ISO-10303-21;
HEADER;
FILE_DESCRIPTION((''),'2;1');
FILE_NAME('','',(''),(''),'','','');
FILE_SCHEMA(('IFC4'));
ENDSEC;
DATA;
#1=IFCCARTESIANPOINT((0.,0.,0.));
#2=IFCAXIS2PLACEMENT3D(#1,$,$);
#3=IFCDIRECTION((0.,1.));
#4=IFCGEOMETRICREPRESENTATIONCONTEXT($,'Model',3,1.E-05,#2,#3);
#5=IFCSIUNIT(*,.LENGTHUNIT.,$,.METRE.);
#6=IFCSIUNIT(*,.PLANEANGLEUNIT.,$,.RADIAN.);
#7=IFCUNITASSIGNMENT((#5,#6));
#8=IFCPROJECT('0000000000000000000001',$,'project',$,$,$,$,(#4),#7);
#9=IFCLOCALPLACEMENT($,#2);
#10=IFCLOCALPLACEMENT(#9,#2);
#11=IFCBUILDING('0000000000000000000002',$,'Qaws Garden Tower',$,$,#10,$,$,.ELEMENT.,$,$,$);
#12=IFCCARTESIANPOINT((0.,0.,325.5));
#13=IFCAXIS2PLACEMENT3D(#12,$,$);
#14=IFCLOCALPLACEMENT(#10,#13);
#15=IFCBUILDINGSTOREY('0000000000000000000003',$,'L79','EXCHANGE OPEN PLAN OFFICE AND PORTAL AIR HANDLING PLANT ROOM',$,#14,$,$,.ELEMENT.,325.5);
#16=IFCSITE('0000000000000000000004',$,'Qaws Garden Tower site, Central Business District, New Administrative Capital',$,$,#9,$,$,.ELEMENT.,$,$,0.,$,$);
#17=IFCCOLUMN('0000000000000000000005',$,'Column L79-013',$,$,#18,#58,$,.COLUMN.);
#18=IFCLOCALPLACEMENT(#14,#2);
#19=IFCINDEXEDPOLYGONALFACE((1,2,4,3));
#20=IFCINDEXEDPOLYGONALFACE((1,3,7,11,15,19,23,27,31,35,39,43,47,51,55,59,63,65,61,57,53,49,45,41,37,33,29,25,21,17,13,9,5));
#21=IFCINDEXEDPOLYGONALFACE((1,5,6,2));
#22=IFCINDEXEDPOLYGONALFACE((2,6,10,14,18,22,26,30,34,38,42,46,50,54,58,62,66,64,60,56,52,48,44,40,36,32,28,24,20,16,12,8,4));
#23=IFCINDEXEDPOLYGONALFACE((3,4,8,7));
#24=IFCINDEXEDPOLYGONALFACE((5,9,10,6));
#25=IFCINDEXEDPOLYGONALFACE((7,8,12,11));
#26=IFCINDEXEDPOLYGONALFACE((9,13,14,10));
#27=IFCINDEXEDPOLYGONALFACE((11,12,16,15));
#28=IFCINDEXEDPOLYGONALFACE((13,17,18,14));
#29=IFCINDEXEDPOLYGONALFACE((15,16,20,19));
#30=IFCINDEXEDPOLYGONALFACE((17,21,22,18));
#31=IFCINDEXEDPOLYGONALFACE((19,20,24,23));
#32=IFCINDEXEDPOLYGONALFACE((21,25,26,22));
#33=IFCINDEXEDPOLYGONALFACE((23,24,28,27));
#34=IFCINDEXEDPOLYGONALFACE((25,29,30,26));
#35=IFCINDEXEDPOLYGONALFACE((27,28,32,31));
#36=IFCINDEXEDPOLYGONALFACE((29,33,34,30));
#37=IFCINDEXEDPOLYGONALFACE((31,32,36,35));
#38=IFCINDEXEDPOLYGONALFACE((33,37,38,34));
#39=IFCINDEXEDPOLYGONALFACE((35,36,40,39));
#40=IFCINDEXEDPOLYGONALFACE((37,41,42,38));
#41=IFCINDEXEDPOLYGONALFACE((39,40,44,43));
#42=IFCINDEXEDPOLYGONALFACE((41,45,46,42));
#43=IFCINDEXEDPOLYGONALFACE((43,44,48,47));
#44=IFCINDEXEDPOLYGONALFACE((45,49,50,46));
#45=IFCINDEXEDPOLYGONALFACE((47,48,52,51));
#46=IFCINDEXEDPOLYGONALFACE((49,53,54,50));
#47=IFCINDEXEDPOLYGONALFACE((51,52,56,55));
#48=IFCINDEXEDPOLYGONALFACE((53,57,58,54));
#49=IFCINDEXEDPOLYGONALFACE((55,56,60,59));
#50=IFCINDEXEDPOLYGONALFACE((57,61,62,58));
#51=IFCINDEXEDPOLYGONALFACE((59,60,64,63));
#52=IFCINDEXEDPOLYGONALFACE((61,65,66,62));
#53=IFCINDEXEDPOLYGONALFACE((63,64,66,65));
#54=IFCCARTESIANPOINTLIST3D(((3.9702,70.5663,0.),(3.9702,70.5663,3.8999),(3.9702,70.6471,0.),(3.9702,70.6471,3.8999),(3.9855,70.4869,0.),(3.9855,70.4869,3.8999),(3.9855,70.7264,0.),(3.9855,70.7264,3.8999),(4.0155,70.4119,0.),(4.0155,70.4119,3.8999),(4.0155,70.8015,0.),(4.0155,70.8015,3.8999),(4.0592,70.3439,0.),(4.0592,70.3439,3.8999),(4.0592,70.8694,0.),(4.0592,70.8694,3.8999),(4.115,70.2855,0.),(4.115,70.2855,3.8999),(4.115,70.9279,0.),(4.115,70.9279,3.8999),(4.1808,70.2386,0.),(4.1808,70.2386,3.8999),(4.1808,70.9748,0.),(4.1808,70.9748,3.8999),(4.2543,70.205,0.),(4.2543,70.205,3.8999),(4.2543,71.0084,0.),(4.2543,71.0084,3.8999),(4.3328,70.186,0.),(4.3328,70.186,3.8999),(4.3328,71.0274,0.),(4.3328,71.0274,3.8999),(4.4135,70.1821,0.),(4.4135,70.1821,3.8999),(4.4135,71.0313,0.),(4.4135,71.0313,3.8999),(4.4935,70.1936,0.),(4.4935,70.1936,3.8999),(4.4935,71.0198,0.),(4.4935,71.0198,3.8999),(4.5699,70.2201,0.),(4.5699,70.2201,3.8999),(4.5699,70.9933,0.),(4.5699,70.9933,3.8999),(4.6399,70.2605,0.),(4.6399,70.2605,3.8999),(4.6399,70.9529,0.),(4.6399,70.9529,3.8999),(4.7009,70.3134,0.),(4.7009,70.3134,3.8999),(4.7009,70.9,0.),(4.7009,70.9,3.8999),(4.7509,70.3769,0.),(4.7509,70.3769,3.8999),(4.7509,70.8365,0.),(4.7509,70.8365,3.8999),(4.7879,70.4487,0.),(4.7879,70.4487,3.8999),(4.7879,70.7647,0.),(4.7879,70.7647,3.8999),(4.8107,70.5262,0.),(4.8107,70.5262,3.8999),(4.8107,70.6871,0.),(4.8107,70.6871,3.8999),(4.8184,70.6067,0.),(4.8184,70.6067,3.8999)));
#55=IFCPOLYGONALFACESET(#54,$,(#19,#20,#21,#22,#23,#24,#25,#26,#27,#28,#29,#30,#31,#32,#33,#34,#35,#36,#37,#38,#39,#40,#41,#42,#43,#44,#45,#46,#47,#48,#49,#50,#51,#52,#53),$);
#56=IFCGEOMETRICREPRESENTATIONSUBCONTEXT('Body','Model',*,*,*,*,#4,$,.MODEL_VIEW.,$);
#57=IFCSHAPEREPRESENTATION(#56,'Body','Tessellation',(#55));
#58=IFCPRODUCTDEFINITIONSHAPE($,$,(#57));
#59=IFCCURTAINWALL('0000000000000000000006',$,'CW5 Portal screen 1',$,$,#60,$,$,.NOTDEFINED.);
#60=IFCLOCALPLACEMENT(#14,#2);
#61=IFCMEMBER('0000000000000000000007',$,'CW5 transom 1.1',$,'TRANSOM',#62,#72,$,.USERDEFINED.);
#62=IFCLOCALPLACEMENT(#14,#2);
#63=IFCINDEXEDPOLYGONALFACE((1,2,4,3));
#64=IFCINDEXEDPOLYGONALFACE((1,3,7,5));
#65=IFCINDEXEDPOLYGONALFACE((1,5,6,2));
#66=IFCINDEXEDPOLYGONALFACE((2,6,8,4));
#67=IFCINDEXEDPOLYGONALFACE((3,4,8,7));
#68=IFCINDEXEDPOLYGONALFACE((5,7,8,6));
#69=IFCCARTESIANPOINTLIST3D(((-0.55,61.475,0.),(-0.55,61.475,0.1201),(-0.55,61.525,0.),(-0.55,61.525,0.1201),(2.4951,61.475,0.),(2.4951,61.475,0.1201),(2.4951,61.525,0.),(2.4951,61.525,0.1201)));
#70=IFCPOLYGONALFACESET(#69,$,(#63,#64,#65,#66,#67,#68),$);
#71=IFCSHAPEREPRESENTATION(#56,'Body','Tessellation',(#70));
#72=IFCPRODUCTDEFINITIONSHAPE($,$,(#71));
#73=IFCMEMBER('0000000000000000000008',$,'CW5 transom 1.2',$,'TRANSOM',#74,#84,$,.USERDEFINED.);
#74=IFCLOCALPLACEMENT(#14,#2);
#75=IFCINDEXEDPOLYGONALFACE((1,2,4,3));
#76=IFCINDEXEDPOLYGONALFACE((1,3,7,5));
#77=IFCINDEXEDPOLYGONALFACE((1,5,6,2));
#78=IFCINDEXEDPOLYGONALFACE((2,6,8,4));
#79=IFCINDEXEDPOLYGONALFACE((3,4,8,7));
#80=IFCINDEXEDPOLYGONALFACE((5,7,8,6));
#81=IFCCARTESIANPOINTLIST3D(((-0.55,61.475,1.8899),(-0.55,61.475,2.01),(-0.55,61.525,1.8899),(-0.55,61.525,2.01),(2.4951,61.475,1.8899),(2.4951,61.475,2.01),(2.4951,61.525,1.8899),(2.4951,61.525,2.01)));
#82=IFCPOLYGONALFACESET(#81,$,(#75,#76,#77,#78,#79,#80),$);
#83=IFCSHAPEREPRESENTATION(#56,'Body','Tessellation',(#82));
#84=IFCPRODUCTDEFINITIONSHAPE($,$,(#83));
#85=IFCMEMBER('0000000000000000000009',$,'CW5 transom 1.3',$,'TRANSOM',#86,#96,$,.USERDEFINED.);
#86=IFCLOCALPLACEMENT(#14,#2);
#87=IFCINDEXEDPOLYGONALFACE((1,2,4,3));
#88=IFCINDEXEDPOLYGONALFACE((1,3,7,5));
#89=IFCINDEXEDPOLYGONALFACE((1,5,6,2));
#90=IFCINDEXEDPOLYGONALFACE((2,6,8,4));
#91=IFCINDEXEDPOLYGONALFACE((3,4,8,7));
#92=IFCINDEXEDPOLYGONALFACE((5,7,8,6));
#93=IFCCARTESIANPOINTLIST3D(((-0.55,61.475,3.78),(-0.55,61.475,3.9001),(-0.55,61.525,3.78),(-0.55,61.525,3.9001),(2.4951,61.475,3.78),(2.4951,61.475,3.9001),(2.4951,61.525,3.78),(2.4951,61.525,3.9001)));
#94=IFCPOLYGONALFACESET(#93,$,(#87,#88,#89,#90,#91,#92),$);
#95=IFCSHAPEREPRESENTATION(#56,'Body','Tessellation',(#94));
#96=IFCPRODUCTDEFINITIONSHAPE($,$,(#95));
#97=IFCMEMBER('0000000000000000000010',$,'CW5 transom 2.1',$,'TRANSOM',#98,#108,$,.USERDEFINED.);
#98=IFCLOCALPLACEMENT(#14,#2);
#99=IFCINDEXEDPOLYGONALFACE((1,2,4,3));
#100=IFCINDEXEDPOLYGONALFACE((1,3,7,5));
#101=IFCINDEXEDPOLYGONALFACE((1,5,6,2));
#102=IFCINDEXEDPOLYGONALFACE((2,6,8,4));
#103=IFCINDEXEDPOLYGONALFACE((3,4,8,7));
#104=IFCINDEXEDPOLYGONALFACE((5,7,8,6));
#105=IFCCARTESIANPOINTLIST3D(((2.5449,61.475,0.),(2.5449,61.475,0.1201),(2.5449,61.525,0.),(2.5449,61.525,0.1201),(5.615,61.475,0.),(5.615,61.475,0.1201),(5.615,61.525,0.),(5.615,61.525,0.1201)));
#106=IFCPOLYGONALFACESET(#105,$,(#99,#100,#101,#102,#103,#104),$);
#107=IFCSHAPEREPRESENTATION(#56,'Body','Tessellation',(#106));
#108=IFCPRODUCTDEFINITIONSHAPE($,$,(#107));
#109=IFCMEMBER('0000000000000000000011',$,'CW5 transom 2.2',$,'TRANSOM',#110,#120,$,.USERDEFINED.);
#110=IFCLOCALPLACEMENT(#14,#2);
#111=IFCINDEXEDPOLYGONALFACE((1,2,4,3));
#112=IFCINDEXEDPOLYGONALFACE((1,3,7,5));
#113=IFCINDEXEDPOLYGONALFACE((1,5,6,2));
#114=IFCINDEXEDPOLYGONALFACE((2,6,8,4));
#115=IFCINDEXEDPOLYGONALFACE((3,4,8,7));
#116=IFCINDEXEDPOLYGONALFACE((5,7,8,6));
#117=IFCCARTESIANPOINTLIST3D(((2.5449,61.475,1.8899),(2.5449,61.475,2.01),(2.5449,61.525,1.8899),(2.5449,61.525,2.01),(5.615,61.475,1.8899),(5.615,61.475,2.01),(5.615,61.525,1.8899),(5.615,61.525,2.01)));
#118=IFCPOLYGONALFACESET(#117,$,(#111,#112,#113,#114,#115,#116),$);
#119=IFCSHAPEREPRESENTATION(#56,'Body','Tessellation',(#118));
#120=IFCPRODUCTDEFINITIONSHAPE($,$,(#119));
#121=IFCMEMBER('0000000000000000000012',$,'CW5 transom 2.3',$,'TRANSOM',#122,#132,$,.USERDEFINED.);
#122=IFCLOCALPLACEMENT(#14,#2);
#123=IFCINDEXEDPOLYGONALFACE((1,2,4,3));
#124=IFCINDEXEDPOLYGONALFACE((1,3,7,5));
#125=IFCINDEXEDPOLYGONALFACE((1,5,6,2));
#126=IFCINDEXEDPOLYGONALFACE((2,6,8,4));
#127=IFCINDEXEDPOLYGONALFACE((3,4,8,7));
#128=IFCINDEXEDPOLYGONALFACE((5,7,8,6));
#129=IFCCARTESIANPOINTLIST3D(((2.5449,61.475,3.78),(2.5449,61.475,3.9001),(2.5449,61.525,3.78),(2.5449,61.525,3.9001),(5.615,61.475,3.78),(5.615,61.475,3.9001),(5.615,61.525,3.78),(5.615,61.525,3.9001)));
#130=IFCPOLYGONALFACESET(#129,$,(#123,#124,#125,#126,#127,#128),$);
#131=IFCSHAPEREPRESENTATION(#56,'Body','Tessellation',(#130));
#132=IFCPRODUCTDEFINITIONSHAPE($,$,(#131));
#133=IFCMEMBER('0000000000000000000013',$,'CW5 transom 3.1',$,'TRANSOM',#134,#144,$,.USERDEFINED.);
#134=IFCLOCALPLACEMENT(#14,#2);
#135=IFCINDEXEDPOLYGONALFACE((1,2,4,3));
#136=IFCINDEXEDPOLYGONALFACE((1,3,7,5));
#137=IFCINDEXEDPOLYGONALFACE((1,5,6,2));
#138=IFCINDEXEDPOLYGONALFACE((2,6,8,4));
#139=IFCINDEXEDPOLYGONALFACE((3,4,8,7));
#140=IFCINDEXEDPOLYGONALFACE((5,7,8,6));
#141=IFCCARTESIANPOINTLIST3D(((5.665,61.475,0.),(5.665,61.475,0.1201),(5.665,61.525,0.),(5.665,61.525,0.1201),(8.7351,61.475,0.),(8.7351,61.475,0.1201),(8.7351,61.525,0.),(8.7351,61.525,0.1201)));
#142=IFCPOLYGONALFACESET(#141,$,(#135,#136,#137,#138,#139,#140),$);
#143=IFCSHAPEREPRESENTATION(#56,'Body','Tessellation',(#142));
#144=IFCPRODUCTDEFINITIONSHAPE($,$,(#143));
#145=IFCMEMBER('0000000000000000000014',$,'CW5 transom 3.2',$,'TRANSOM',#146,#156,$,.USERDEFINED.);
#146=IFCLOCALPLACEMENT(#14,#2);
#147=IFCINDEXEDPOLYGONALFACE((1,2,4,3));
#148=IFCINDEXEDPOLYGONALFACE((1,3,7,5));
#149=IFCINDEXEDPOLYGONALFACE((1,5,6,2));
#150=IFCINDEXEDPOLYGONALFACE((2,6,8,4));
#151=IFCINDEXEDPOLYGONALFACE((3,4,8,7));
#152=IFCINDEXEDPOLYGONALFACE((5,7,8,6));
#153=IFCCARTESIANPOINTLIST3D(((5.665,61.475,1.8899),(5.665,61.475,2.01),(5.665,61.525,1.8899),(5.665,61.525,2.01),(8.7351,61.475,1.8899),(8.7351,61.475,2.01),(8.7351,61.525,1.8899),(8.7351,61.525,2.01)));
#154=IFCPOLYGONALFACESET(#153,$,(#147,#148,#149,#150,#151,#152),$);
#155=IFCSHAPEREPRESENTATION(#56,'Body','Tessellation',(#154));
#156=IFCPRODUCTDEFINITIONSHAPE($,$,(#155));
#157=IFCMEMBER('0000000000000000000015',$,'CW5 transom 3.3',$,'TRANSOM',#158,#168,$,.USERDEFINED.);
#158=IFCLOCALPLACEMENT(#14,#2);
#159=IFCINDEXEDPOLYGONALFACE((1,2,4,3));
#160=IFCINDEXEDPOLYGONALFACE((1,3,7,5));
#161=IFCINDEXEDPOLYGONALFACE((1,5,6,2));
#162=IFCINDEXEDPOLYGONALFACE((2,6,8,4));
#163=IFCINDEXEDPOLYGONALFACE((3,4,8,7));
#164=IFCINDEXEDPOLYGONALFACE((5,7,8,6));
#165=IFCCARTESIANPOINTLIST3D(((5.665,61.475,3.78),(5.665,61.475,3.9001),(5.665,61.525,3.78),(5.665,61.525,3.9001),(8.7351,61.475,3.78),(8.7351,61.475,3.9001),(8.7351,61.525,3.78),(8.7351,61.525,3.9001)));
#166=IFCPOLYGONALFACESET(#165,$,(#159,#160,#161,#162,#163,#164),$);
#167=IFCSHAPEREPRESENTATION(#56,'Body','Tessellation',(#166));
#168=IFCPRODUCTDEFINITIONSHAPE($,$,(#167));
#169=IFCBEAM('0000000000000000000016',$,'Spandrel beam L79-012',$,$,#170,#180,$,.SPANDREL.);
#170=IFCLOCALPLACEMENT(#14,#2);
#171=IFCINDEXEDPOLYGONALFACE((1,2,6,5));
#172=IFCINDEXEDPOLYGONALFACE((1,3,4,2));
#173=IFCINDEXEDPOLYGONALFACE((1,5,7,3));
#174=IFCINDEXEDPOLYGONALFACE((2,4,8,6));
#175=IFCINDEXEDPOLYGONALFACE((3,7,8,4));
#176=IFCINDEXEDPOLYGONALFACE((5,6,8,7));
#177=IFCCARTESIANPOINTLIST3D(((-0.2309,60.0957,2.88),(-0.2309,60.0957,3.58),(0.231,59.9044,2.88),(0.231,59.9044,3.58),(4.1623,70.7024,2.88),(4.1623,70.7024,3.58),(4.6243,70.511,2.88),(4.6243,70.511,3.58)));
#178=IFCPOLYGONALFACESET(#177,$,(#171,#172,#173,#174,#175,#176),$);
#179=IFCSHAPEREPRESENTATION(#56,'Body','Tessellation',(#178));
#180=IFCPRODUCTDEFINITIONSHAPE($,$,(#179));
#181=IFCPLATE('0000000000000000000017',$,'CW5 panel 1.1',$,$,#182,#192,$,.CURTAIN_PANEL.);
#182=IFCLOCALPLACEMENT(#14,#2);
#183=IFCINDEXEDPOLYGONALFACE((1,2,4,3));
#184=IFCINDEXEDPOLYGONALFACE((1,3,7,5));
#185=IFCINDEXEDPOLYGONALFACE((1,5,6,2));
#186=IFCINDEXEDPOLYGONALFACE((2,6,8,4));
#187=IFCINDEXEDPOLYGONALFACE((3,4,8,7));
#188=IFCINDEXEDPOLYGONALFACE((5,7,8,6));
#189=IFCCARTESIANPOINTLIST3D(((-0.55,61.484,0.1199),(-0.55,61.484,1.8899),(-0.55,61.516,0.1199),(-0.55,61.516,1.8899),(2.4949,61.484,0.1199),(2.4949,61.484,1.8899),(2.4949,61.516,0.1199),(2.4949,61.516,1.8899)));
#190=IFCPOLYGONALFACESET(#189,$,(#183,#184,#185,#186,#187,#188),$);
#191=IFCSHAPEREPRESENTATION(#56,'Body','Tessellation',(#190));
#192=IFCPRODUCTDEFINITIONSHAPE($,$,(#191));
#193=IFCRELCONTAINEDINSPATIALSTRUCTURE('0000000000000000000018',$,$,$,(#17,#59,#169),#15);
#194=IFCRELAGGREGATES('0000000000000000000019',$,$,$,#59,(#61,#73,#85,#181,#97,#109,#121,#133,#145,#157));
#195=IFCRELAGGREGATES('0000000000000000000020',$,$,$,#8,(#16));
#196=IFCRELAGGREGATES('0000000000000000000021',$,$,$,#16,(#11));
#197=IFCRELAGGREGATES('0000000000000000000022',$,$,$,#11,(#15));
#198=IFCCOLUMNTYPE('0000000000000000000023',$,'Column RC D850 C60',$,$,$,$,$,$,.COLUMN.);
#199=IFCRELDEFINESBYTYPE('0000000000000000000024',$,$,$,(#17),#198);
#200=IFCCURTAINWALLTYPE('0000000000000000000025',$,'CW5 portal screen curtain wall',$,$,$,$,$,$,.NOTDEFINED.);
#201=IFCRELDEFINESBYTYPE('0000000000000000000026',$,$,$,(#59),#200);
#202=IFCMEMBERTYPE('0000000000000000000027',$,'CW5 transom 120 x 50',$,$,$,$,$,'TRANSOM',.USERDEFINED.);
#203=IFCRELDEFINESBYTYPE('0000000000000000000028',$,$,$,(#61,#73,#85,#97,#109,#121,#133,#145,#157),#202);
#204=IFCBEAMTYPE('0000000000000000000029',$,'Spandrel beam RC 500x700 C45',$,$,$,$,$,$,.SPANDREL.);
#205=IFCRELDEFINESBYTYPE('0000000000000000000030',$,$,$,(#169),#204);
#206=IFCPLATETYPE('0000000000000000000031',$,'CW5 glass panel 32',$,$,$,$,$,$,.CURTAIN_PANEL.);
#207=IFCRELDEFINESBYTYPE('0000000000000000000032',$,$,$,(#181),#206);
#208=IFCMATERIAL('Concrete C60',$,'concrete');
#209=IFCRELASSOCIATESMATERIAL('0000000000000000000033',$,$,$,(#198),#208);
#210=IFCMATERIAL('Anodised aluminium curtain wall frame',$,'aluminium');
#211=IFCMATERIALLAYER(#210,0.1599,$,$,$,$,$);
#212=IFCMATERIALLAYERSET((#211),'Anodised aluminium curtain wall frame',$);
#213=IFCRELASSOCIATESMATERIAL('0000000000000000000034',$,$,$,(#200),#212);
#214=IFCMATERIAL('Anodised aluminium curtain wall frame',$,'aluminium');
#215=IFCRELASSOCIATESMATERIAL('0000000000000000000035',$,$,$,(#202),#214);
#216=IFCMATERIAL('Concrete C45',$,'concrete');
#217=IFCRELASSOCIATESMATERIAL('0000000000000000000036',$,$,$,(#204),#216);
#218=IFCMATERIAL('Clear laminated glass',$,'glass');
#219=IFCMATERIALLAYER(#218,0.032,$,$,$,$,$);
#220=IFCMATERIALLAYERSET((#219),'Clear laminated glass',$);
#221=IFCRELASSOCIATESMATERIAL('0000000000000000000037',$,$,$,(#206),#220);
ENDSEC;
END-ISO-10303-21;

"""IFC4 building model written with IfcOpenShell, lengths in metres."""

from ifc_helpers import new_model, si_unit, direction, frame, origin, origin_2d, place, context, subcontext, project, spatial, rectangle, circle, extrude, material, layer, layer_set, material_profile, profile_set, type_object, element, aggregate, save


model = new_model("IFC4")

# Units and contexts
model_context = context("Model", 3, precision=1e-05, world=origin(), true_north=direction((0.0, 1.0)))
body_context = subcontext(model_context, "Body", "Model", "MODEL_VIEW")
ifc_project = project(units=[si_unit("LENGTHUNIT", "METRE"), si_unit("PLANEANGLEUNIT", "RADIAN")], contexts=[model_context])

# Site, building, storey
site_placement = place(None, origin())
site = spatial("IfcSite", under=ifc_project, at=site_placement, Name="Qaws Garden Tower site, Central Business District, New Administrative Capital", CompositionType="ELEMENT", RefElevation=0.0)
building_placement = place(site_placement, origin())
building = spatial("IfcBuilding", under=site, at=building_placement, Name="Qaws Garden Tower", CompositionType="ELEMENT")
storey_placement = place(building_placement, frame((0.0, 0.0, 325.5)))
storey = spatial("IfcBuildingStorey", under=building, at=storey_placement, Name="L79", Description="EXCHANGE OPEN PLAN OFFICE AND PORTAL AIR HANDLING PLANT ROOM", CompositionType="ELEMENT", Elevation=325.5)

# Column
ifc_material_1 = material(Name="Concrete C60", Category="concrete")
ifc_material_profile_1 = material_profile(ifc_material_1, circle(Radius=0.425, at=origin_2d()), Name="RC D850")
ifc_profile_set_1 = profile_set([ifc_material_profile_1], Name="Concrete C60")
column_type = type_object("IfcColumnType", Name="Column RC D850 C60", PredefinedType="COLUMN", material=ifc_profile_set_1)
column_placement = place(storey_placement, frame((4.3933, 70.6067, 0.0), z_axis=(0.0, 0.0, 1.0), x_axis=(1.0, 0.0, 0.0)))
element("IfcColumn", 1, at=column_placement, inside=storey, type_object=column_type, Name="Column L79-013", PredefinedType="COLUMN", context=body_context, shape_type="SweptSolid", body=[
    extrude(circle(Radius=0.425, at=origin_2d()), origin(), (0.0, 0.0, 1.0), 3.8999),
])

# Curtain wall, members
ifc_material_2 = material(Name="Anodised aluminium curtain wall frame", Category="aluminium")
ifc_layer_1 = layer(ifc_material_2, 0.1599)
ifc_layer_set_1 = layer_set([ifc_layer_1], Name="Anodised aluminium curtain wall frame")
curtain_wall_type = type_object("IfcCurtainWallType", Name="CW5 portal screen curtain wall", PredefinedType="NOTDEFINED", material=ifc_layer_set_1)
curtain_wall_placement = place(storey_placement, origin())
curtain_wall = element("IfcCurtainWall", 2, at=curtain_wall_placement, inside=storey, type_object=curtain_wall_type, Name="CW5 Portal screen 1", PredefinedType="NOTDEFINED")
ifc_material_3 = material(Name="Anodised aluminium curtain wall frame", Category="aluminium")
ifc_material_profile_2 = material_profile(ifc_material_3, rectangle(XDim=0.05, YDim=0.1201, at=origin_2d()), Name="AL 50x120")
ifc_profile_set_2 = profile_set([ifc_material_profile_2], Name="Anodised aluminium curtain wall frame")
member_type = type_object("IfcMemberType", Name="CW5 transom 120 x 50", ElementType="TRANSOM", PredefinedType="USERDEFINED", material=ifc_profile_set_2)
member_1_placement = place(storey_placement, frame((-0.55, 61.5, 0.0601), z_axis=(1.0, 0.0, 0.0), x_axis=(0.0, 1.0, 0.0)))
member_1 = element("IfcMember", 3, at=member_1_placement, type_object=member_type, Name="CW5 transom 1.1", ObjectType="TRANSOM", PredefinedType="USERDEFINED", context=body_context, shape_type="SweptSolid", body=[
    extrude(rectangle(XDim=0.05, YDim=0.1201, at=origin_2d()), origin(), (0.0, 0.0, 1.0), 3.0452),
])
member_2_placement = place(storey_placement, frame((-0.55, 61.5, 1.95), z_axis=(1.0, 0.0, 0.0), x_axis=(0.0, 1.0, 0.0)))
member_2 = element("IfcMember", 4, at=member_2_placement, type_object=member_type, Name="CW5 transom 1.2", ObjectType="TRANSOM", PredefinedType="USERDEFINED", context=body_context, shape_type="SweptSolid", body=[
    extrude(rectangle(XDim=0.05, YDim=0.1201, at=origin_2d()), origin(), (0.0, 0.0, 1.0), 3.0452),
])
member_3_placement = place(storey_placement, frame((-0.55, 61.5, 3.8401), z_axis=(1.0, 0.0, 0.0), x_axis=(0.0, 1.0, 0.0)))
member_3 = element("IfcMember", 5, at=member_3_placement, type_object=member_type, Name="CW5 transom 1.3", ObjectType="TRANSOM", PredefinedType="USERDEFINED", context=body_context, shape_type="SweptSolid", body=[
    extrude(rectangle(XDim=0.05, YDim=0.1201, at=origin_2d()), origin(), (0.0, 0.0, 1.0), 3.0452),
])
member_4_placement = place(storey_placement, frame((2.5449, 61.5, 0.0601), z_axis=(1.0, 0.0, 0.0), x_axis=(0.0, 1.0, 0.0)))
member_4 = element("IfcMember", 6, at=member_4_placement, type_object=member_type, Name="CW5 transom 2.1", ObjectType="TRANSOM", PredefinedType="USERDEFINED", context=body_context, shape_type="SweptSolid", body=[
    extrude(rectangle(XDim=0.05, YDim=0.1201, at=origin_2d()), origin(), (0.0, 0.0, 1.0), 3.0701),
])
member_5_placement = place(storey_placement, frame((2.5449, 61.5, 1.95), z_axis=(1.0, 0.0, 0.0), x_axis=(0.0, 1.0, 0.0)))
member_5 = element("IfcMember", 7, at=member_5_placement, type_object=member_type, Name="CW5 transom 2.2", ObjectType="TRANSOM", PredefinedType="USERDEFINED", context=body_context, shape_type="SweptSolid", body=[
    extrude(rectangle(XDim=0.05, YDim=0.1201, at=origin_2d()), origin(), (0.0, 0.0, 1.0), 3.0701),
])
member_6_placement = place(storey_placement, frame((2.5449, 61.5, 3.8401), z_axis=(1.0, 0.0, 0.0), x_axis=(0.0, 1.0, 0.0)))
member_6 = element("IfcMember", 8, at=member_6_placement, type_object=member_type, Name="CW5 transom 2.3", ObjectType="TRANSOM", PredefinedType="USERDEFINED", context=body_context, shape_type="SweptSolid", body=[
    extrude(rectangle(XDim=0.05, YDim=0.1201, at=origin_2d()), origin(), (0.0, 0.0, 1.0), 3.0701),
])
member_7_placement = place(storey_placement, frame((5.665, 61.5, 0.0601), z_axis=(1.0, 0.0, 0.0), x_axis=(0.0, 1.0, 0.0)))
member_7 = element("IfcMember", 9, at=member_7_placement, type_object=member_type, Name="CW5 transom 3.1", ObjectType="TRANSOM", PredefinedType="USERDEFINED", context=body_context, shape_type="SweptSolid", body=[
    extrude(rectangle(XDim=0.05, YDim=0.1201, at=origin_2d()), origin(), (0.0, 0.0, 1.0), 3.0701),
])
member_8_placement = place(storey_placement, frame((5.665, 61.5, 1.95), z_axis=(1.0, 0.0, 0.0), x_axis=(0.0, 1.0, 0.0)))
member_8 = element("IfcMember", 10, at=member_8_placement, type_object=member_type, Name="CW5 transom 3.2", ObjectType="TRANSOM", PredefinedType="USERDEFINED", context=body_context, shape_type="SweptSolid", body=[
    extrude(rectangle(XDim=0.05, YDim=0.1201, at=origin_2d()), origin(), (0.0, 0.0, 1.0), 3.0701),
])
member_9_placement = place(storey_placement, frame((5.665, 61.5, 3.8401), z_axis=(1.0, 0.0, 0.0), x_axis=(0.0, 1.0, 0.0)))
member_9 = element("IfcMember", 11, at=member_9_placement, type_object=member_type, Name="CW5 transom 3.3", ObjectType="TRANSOM", PredefinedType="USERDEFINED", context=body_context, shape_type="SweptSolid", body=[
    extrude(rectangle(XDim=0.05, YDim=0.1201, at=origin_2d()), origin(), (0.0, 0.0, 1.0), 3.0701),
])

# Beam
ifc_material_4 = material(Name="Concrete C45", Category="concrete")
ifc_material_profile_3 = material_profile(ifc_material_4, rectangle(XDim=0.5, YDim=0.7, at=origin_2d()), Name="RC 500x700")
ifc_profile_set_3 = profile_set([ifc_material_profile_3], Name="Concrete C45")
beam_type = type_object("IfcBeamType", Name="Spandrel beam RC 500x700 C45", PredefinedType="SPANDREL", material=ifc_profile_set_3)
beam_placement = place(storey_placement, frame((4.3933, 70.6067, 3.23), z_axis=(-0.382674, -0.923883, 0.0), x_axis=(0.923883, -0.382674, 0.0)))
element("IfcBeam", 12, at=beam_placement, inside=storey, type_object=beam_type, Name="Spandrel beam L79-012", PredefinedType="SPANDREL", context=body_context, shape_type="SweptSolid", body=[
    extrude(rectangle(XDim=0.5, YDim=0.7, at=origin_2d()), origin(), (0.0, 0.0, 1.0), 11.4805),
])

# Plate
ifc_material_5 = material(Name="Clear laminated glass", Category="glass")
ifc_layer_2 = layer(ifc_material_5, 0.032)
ifc_layer_set_2 = layer_set([ifc_layer_2], Name="Clear laminated glass")
plate_type = type_object("IfcPlateType", Name="CW5 glass panel 32", PredefinedType="CURTAIN_PANEL", material=ifc_layer_set_2)
plate_1_placement = place(storey_placement, frame((0.9724, 61.5, 0.1199), z_axis=(0.0, 0.0, 1.0), x_axis=(1.0, 0.0, 0.0)))
plate_1 = element("IfcPlate", 13, at=plate_1_placement, type_object=plate_type, Name="CW5 panel 1.1", PredefinedType="CURTAIN_PANEL", context=body_context, shape_type="SweptSolid", body=[
    extrude(rectangle(XDim=3.0449, YDim=0.032, at=origin_2d()), origin(), (0.0, 0.0, 1.0), 1.77),
])
aggregate(curtain_wall, [member_1, member_2, member_3, plate_1, member_4, member_5, member_6, member_7, member_8, member_9])

save(model, "model.ifc")
